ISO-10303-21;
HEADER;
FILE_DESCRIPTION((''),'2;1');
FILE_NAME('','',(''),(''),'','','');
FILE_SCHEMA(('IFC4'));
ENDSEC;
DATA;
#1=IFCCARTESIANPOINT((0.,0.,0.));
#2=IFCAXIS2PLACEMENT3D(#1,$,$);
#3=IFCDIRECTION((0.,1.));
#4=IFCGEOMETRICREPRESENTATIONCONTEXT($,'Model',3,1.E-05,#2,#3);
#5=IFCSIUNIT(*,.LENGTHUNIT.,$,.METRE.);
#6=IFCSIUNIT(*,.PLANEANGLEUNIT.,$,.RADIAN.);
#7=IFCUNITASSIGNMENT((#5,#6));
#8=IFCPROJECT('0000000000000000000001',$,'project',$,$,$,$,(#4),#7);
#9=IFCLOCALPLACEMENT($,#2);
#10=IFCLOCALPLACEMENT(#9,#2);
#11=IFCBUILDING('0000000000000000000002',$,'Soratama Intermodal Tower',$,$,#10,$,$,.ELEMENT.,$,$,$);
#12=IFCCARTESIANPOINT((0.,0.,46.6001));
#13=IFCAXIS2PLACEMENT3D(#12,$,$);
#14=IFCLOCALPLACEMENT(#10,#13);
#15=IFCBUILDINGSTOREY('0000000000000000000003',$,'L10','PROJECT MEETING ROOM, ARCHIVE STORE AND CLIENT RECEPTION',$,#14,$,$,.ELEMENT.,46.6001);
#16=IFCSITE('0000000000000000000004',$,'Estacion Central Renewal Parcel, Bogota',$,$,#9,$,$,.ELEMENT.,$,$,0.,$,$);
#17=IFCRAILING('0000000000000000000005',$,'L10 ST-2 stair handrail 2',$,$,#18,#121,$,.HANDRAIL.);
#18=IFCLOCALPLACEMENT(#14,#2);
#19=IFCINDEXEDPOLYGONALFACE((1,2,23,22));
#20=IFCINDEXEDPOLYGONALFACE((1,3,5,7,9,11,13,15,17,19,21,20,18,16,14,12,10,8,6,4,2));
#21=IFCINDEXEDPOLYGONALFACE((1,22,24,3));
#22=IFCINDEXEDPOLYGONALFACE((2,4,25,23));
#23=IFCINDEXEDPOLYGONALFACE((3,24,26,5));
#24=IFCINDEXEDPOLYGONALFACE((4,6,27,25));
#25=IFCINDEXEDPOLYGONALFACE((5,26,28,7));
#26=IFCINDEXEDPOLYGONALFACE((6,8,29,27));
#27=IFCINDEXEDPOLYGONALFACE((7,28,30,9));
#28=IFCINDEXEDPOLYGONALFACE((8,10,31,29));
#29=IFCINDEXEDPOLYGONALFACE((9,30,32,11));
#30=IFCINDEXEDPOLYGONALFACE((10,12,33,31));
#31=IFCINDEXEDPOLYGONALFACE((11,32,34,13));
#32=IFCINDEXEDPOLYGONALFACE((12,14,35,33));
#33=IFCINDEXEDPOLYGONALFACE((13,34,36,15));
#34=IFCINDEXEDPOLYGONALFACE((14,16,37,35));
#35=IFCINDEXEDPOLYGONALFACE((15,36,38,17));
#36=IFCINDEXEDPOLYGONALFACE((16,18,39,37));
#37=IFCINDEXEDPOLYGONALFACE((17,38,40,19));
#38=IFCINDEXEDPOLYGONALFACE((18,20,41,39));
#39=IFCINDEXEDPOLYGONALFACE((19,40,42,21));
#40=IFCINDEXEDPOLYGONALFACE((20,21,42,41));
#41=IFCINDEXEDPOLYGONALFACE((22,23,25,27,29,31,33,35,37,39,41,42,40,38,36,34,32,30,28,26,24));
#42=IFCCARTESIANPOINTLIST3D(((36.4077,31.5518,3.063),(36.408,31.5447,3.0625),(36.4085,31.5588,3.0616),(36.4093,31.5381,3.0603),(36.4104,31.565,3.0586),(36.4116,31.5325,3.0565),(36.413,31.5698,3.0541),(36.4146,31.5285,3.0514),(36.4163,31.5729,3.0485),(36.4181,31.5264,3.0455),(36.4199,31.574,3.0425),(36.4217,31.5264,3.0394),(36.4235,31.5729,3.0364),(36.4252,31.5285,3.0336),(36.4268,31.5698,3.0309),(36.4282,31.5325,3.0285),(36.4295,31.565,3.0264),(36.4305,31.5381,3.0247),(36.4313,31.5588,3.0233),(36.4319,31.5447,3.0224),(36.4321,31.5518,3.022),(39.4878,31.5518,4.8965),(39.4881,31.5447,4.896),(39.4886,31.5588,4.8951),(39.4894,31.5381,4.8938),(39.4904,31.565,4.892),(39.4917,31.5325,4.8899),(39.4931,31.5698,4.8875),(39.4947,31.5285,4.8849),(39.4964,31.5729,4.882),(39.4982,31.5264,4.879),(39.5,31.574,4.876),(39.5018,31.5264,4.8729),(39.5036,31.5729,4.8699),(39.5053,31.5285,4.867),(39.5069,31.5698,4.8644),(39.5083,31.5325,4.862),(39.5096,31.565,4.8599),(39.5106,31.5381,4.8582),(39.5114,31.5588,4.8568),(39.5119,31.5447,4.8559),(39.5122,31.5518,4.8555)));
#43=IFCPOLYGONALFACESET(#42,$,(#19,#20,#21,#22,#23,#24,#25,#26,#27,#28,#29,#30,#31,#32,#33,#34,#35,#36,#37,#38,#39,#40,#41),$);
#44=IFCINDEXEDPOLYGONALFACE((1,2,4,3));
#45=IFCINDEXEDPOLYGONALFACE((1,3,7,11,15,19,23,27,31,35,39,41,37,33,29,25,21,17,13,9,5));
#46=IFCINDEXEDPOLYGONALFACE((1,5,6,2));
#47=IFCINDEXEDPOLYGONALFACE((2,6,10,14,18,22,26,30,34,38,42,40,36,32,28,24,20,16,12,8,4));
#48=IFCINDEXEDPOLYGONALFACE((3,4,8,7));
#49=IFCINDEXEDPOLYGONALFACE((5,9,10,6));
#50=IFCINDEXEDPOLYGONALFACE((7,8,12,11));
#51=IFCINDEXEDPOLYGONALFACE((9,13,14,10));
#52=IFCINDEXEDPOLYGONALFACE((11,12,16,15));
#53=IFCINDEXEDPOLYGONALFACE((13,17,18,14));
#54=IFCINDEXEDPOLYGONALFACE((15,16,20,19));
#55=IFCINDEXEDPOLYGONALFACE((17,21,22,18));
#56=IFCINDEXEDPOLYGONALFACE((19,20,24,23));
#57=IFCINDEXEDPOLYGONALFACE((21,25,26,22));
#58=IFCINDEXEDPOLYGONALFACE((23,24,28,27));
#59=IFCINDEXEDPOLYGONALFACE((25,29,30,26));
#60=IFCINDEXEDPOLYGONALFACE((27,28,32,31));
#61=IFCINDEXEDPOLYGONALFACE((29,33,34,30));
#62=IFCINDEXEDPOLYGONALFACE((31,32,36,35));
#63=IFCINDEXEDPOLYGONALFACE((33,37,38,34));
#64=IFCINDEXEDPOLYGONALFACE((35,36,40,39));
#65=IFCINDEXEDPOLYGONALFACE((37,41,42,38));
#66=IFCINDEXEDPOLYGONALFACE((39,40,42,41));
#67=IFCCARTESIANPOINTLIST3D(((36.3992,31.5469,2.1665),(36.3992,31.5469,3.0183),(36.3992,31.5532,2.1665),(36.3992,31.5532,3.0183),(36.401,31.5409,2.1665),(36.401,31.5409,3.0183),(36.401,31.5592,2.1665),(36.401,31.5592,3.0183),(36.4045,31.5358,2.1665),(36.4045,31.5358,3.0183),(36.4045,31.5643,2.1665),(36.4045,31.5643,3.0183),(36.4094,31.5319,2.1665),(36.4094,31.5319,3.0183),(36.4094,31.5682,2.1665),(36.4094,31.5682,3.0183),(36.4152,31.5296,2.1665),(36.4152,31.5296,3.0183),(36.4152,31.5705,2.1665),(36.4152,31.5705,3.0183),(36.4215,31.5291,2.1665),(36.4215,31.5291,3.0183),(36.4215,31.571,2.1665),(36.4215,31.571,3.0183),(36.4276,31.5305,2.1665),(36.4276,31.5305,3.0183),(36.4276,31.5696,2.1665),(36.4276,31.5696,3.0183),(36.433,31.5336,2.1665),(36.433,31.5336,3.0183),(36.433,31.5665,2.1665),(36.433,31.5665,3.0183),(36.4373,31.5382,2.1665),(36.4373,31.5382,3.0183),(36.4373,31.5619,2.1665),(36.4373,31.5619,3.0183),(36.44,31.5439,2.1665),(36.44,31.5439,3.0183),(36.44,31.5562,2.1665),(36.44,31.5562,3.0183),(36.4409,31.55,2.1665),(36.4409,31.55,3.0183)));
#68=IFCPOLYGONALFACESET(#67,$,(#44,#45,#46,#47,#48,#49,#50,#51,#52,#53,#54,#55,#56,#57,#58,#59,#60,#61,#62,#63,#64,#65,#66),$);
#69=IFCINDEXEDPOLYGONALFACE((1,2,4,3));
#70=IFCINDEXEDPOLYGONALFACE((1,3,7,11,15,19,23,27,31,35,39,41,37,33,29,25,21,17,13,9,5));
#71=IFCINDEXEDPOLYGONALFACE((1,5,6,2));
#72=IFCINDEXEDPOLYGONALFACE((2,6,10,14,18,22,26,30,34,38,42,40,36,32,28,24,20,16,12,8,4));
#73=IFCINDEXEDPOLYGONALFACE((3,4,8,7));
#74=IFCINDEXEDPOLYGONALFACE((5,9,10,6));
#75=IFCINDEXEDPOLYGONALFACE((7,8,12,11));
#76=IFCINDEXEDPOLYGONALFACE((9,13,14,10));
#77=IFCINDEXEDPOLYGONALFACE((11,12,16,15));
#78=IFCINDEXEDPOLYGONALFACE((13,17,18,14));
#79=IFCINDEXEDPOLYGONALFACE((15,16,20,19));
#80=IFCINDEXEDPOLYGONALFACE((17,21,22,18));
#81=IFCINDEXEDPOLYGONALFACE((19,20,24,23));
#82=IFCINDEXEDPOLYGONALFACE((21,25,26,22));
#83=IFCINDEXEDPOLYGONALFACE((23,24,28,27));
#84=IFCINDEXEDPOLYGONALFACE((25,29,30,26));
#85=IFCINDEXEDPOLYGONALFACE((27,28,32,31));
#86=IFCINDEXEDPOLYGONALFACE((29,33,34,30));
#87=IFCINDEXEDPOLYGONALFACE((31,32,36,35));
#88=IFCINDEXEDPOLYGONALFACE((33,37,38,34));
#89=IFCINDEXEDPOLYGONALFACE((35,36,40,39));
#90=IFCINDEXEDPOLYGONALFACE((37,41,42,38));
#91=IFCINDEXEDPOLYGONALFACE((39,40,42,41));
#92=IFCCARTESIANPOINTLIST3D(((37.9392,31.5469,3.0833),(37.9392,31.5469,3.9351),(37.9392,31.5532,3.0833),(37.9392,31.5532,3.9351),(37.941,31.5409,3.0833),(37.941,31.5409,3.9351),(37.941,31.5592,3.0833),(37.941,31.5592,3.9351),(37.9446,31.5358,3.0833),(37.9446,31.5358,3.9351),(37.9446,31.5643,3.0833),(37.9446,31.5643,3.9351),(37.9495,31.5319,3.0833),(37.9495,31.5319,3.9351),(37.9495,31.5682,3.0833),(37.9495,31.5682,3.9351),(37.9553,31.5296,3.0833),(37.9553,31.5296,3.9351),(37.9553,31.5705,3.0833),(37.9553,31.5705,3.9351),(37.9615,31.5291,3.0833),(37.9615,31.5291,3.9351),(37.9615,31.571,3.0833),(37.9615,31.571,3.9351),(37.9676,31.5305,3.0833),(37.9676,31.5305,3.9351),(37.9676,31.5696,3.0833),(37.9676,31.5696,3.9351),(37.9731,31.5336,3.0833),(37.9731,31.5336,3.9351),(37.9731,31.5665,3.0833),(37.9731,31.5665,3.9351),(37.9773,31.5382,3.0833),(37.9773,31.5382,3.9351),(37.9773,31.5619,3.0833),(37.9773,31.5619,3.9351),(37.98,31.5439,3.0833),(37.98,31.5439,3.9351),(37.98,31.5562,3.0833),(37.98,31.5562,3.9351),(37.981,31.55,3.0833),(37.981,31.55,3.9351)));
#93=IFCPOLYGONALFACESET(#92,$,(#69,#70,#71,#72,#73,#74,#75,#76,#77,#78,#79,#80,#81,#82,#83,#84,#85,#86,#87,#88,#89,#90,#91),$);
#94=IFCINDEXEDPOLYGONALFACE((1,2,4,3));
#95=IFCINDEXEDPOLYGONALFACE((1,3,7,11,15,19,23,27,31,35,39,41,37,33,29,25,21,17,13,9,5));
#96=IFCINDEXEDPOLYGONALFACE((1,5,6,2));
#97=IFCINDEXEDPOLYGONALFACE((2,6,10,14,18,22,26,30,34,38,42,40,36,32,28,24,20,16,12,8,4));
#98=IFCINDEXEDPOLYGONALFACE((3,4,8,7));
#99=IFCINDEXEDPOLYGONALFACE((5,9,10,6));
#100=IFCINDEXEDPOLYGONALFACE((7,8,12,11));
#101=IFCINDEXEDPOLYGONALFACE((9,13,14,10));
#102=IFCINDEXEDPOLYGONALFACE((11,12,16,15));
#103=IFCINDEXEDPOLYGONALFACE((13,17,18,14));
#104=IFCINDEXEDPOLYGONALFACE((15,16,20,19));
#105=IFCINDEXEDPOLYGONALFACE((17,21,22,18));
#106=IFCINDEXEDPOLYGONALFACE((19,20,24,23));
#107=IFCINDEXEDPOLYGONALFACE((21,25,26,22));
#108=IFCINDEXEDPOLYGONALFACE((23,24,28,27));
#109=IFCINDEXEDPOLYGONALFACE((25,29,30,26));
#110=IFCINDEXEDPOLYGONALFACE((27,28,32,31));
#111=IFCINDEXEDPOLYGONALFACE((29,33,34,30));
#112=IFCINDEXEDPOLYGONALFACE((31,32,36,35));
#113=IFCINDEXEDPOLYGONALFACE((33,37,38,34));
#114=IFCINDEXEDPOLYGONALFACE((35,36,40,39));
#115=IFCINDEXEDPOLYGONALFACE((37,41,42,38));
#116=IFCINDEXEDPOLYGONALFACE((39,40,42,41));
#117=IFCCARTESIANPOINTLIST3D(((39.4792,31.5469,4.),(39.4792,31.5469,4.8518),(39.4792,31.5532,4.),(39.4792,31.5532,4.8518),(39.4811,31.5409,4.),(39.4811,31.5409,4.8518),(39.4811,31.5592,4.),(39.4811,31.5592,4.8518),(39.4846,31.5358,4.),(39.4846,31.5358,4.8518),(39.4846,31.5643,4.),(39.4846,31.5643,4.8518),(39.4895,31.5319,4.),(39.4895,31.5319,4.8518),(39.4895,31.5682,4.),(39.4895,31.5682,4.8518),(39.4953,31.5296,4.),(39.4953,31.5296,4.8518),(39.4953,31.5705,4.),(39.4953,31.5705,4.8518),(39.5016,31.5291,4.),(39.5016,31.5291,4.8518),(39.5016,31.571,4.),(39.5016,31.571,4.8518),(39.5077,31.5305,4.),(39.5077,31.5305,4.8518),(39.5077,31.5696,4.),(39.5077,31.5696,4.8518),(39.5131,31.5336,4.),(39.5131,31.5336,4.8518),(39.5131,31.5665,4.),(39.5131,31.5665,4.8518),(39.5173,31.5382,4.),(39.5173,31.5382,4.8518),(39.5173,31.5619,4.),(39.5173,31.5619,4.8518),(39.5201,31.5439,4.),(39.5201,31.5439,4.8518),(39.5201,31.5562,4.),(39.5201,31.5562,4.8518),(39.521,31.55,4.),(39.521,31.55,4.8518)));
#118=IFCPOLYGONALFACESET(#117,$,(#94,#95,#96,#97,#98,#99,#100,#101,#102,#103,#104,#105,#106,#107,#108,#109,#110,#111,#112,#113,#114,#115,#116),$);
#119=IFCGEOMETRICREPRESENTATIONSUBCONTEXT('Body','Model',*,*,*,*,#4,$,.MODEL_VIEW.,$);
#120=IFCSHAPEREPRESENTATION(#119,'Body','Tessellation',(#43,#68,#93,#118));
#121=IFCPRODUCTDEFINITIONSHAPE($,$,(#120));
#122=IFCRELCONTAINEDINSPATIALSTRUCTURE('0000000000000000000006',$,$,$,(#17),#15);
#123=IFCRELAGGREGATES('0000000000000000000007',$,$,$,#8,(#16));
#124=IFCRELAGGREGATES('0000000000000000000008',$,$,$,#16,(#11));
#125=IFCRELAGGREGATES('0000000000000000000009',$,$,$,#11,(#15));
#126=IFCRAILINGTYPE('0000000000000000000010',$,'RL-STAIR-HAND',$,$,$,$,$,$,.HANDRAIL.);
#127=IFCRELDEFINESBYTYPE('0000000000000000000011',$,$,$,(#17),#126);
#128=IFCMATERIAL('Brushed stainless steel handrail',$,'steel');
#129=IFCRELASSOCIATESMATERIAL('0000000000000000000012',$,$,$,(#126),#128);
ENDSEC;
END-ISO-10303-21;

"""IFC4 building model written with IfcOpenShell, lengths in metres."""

from ifc_helpers import new_model, si_unit, direction, frame, origin, origin_2d, place, context, subcontext, project, spatial, circle, extrude, material, type_object, element, save


model = new_model("IFC4")

# Units and contexts
model_context = context("Model", 3, precision=1e-05, world=origin(), true_north=direction((0.0, 1.0)))
body_context = subcontext(model_context, "Body", "Model", "MODEL_VIEW")
ifc_project = project(units=[si_unit("LENGTHUNIT", "METRE"), si_unit("PLANEANGLEUNIT", "RADIAN")], contexts=[model_context])

# Site, building, storey
site_placement = place(None, origin())
site = spatial("IfcSite", under=ifc_project, at=site_placement, Name="Estacion Central Renewal Parcel, Bogota", CompositionType="ELEMENT", RefElevation=0.0)
building_placement = place(site_placement, origin())
building = spatial("IfcBuilding", under=site, at=building_placement, Name="Soratama Intermodal Tower", CompositionType="ELEMENT")
storey_placement = place(building_placement, frame((0.0, 0.0, 46.6001)))
storey = spatial("IfcBuildingStorey", under=building, at=storey_placement, Name="L10", Description="PROJECT MEETING ROOM, ARCHIVE STORE AND CLIENT RECEPTION", CompositionType="ELEMENT", Elevation=46.6001)

# Railing
ifc_material_1 = material(Name="Brushed stainless steel handrail", Category="steel")
railing_type_1 = type_object("IfcRailingType", Name="RL-STAIR-HAND", PredefinedType="HANDRAIL", material=ifc_material_1)
railing_1_placement = place(storey_placement, frame((36.4199, 31.55, 2.1665)))
element("IfcRailing", 1, at=railing_1_placement, inside=storey, type_object=railing_type_1, Name="L10 ST-2 stair handrail 2", PredefinedType="HANDRAIL", context=body_context, shape_type="SweptSolid", body=[
    extrude(circle(Radius=0.0239, at=origin_2d()), frame((0.0, 0.0, 0.876), z_axis=(0.859279, 0.0, 0.511508), x_axis=(0.0, 1.0, 0.0)), (0.0, 0.0, 1.0), 3.5845),
    extrude(circle(Radius=0.021, at=origin_2d()), origin(), (0.0, 0.0, 1.0), 0.8518),
    extrude(circle(Radius=0.021, at=origin_2d()), frame((1.54, 0.0, 0.9167)), (0.0, 0.0, 1.0), 0.8518),
    extrude(circle(Radius=0.021, at=origin_2d()), frame((3.0801, 0.0, 1.8335)), (0.0, 0.0, 1.0), 0.8518),
])

save(model, "model.ifc")
